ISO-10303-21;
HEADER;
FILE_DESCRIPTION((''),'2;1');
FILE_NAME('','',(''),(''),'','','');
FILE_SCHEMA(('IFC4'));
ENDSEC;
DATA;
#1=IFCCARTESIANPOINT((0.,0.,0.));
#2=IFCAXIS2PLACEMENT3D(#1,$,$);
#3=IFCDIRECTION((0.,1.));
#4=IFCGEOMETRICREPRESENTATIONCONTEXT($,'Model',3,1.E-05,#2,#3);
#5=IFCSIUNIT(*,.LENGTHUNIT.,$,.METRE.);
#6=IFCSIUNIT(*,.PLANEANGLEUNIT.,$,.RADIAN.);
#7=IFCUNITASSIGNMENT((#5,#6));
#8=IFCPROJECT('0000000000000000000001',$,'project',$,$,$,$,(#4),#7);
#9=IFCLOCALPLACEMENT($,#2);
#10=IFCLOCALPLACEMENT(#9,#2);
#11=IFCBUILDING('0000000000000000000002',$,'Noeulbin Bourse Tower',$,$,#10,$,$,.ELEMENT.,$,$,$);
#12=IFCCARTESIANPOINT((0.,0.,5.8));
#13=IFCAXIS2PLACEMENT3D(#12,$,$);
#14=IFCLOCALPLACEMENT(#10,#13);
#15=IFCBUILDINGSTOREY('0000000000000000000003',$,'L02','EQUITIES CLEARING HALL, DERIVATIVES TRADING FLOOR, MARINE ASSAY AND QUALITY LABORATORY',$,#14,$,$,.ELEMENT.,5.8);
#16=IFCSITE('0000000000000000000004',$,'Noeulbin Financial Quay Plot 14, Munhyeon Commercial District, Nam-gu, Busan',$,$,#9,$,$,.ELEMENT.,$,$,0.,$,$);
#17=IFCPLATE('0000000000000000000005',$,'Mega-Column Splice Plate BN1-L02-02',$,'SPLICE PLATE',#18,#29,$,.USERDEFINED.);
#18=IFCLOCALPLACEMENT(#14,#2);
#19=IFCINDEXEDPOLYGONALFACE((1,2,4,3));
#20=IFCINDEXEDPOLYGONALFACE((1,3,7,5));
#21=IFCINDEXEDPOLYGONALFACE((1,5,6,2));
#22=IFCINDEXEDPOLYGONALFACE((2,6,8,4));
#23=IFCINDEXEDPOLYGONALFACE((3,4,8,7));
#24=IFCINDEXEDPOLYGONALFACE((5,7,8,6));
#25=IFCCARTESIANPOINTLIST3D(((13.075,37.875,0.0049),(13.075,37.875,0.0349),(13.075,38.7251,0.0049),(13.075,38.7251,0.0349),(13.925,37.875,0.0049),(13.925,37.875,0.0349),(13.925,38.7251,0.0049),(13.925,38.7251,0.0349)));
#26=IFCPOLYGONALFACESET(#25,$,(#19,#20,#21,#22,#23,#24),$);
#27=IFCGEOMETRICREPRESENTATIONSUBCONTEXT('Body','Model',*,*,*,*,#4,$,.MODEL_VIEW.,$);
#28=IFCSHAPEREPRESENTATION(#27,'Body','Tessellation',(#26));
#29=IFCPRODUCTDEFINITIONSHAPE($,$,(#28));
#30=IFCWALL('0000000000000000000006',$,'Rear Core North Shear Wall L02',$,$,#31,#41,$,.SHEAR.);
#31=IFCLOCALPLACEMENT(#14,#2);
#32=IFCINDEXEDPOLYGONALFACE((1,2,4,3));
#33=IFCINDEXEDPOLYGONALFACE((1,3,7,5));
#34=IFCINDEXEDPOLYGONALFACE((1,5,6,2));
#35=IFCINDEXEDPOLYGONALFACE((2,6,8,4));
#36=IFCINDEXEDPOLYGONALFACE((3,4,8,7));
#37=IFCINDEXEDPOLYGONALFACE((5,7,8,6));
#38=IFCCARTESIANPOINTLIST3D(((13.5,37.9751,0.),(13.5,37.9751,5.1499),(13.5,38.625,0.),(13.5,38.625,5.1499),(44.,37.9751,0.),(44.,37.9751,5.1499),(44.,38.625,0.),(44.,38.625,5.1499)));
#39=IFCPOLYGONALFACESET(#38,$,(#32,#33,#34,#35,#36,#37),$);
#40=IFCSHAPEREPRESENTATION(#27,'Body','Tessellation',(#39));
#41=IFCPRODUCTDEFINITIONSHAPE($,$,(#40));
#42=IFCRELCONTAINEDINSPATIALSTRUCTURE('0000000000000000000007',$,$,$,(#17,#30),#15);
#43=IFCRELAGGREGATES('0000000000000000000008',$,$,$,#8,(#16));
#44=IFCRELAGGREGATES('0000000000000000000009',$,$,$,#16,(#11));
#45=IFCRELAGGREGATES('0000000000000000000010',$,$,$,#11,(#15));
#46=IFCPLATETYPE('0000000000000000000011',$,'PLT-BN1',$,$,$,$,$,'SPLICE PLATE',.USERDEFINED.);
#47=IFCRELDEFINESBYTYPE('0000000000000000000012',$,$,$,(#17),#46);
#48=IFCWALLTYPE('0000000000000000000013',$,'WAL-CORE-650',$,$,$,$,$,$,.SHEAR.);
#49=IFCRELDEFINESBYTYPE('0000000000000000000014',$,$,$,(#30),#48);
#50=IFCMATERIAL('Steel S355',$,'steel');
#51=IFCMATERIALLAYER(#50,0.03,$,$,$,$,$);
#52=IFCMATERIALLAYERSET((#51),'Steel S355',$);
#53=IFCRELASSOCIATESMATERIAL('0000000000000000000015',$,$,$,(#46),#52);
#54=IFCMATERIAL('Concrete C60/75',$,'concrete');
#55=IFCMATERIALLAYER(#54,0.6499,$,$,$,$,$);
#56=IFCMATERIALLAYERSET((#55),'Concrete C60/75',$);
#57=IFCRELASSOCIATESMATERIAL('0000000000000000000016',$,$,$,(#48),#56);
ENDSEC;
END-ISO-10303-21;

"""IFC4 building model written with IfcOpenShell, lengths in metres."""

from ifc_helpers import new_model, si_unit, direction, frame, frame_2d, origin, origin_2d, place, context, subcontext, project, spatial, rectangle, extrude, material, layer, layer_set, type_object, element, save


model = new_model("IFC4")

# Units and contexts
model_context = context("Model", 3, precision=1e-05, world=origin(), true_north=direction((0.0, 1.0)))
body_context = subcontext(model_context, "Body", "Model", "MODEL_VIEW")
ifc_project = project(units=[si_unit("LENGTHUNIT", "METRE"), si_unit("PLANEANGLEUNIT", "RADIAN")], contexts=[model_context])

# Site, building, storey
site_placement = place(None, origin())
site = spatial("IfcSite", under=ifc_project, at=site_placement, Name="Noeulbin Financial Quay Plot 14, Munhyeon Commercial District, Nam-gu, Busan", CompositionType="ELEMENT", RefElevation=0.0)
building_placement = place(site_placement, origin())
building = spatial("IfcBuilding", under=site, at=building_placement, Name="Noeulbin Bourse Tower", CompositionType="ELEMENT")
storey_placement = place(building_placement, frame((0.0, 0.0, 5.8)))
storey = spatial("IfcBuildingStorey", under=building, at=storey_placement, Name="L02", Description="EQUITIES CLEARING HALL, DERIVATIVES TRADING FLOOR, MARINE ASSAY AND QUALITY LABORATORY", CompositionType="ELEMENT", Elevation=5.8)

# Shared definitions
ifc_material_1 = material(Name="Concrete C60/75", Category="concrete")

# Shared definitions
ifc_material_2 = material(Name="Steel S355", Category="steel")

# Plate
ifc_layer_1 = layer(ifc_material_2, 0.03)
ifc_layer_set_1 = layer_set([ifc_layer_1], Name="Steel S355")
plate_type = type_object("IfcPlateType", Name="PLT-BN1", ElementType="SPLICE PLATE", PredefinedType="USERDEFINED", material=ifc_layer_set_1)
plate_placement = place(storey_placement, frame((13.5, 38.3, 0.0049), z_axis=(0.0, 0.0, 1.0), x_axis=(1.0, 0.0, 0.0)))
element("IfcPlate", 1, at=plate_placement, inside=storey, type_object=plate_type, Name="Mega-Column Splice Plate BN1-L02-02", ObjectType="SPLICE PLATE", PredefinedType="USERDEFINED", context=body_context, shape_type="SweptSolid", body=[
    extrude(rectangle(XDim=0.8501, YDim=0.8501, at=origin_2d()), origin(), (0.0, 0.0, 1.0), 0.03),
])

# Wall
ifc_layer_2 = layer(ifc_material_1, 0.6499)
ifc_layer_set_2 = layer_set([ifc_layer_2], Name="Concrete C60/75")
wall_type = type_object("IfcWallType", Name="WAL-CORE-650", PredefinedType="SHEAR", material=ifc_layer_set_2)
wall_placement = place(storey_placement, frame((13.5, 38.3, 0.0), z_axis=(0.0, 0.0, 1.0), x_axis=(1.0, 0.0, 0.0)))
element("IfcWall", 2, at=wall_placement, inside=storey, type_object=wall_type, Name="Rear Core North Shear Wall L02", PredefinedType="SHEAR", context=body_context, shape_type="SweptSolid", body=[
    extrude(rectangle(XDim=30.5, YDim=0.6499, at=frame_2d((15.25, 0.0))), origin(), (0.0, 0.0, 1.0), 5.1499),
])

save(model, "model.ifc")
